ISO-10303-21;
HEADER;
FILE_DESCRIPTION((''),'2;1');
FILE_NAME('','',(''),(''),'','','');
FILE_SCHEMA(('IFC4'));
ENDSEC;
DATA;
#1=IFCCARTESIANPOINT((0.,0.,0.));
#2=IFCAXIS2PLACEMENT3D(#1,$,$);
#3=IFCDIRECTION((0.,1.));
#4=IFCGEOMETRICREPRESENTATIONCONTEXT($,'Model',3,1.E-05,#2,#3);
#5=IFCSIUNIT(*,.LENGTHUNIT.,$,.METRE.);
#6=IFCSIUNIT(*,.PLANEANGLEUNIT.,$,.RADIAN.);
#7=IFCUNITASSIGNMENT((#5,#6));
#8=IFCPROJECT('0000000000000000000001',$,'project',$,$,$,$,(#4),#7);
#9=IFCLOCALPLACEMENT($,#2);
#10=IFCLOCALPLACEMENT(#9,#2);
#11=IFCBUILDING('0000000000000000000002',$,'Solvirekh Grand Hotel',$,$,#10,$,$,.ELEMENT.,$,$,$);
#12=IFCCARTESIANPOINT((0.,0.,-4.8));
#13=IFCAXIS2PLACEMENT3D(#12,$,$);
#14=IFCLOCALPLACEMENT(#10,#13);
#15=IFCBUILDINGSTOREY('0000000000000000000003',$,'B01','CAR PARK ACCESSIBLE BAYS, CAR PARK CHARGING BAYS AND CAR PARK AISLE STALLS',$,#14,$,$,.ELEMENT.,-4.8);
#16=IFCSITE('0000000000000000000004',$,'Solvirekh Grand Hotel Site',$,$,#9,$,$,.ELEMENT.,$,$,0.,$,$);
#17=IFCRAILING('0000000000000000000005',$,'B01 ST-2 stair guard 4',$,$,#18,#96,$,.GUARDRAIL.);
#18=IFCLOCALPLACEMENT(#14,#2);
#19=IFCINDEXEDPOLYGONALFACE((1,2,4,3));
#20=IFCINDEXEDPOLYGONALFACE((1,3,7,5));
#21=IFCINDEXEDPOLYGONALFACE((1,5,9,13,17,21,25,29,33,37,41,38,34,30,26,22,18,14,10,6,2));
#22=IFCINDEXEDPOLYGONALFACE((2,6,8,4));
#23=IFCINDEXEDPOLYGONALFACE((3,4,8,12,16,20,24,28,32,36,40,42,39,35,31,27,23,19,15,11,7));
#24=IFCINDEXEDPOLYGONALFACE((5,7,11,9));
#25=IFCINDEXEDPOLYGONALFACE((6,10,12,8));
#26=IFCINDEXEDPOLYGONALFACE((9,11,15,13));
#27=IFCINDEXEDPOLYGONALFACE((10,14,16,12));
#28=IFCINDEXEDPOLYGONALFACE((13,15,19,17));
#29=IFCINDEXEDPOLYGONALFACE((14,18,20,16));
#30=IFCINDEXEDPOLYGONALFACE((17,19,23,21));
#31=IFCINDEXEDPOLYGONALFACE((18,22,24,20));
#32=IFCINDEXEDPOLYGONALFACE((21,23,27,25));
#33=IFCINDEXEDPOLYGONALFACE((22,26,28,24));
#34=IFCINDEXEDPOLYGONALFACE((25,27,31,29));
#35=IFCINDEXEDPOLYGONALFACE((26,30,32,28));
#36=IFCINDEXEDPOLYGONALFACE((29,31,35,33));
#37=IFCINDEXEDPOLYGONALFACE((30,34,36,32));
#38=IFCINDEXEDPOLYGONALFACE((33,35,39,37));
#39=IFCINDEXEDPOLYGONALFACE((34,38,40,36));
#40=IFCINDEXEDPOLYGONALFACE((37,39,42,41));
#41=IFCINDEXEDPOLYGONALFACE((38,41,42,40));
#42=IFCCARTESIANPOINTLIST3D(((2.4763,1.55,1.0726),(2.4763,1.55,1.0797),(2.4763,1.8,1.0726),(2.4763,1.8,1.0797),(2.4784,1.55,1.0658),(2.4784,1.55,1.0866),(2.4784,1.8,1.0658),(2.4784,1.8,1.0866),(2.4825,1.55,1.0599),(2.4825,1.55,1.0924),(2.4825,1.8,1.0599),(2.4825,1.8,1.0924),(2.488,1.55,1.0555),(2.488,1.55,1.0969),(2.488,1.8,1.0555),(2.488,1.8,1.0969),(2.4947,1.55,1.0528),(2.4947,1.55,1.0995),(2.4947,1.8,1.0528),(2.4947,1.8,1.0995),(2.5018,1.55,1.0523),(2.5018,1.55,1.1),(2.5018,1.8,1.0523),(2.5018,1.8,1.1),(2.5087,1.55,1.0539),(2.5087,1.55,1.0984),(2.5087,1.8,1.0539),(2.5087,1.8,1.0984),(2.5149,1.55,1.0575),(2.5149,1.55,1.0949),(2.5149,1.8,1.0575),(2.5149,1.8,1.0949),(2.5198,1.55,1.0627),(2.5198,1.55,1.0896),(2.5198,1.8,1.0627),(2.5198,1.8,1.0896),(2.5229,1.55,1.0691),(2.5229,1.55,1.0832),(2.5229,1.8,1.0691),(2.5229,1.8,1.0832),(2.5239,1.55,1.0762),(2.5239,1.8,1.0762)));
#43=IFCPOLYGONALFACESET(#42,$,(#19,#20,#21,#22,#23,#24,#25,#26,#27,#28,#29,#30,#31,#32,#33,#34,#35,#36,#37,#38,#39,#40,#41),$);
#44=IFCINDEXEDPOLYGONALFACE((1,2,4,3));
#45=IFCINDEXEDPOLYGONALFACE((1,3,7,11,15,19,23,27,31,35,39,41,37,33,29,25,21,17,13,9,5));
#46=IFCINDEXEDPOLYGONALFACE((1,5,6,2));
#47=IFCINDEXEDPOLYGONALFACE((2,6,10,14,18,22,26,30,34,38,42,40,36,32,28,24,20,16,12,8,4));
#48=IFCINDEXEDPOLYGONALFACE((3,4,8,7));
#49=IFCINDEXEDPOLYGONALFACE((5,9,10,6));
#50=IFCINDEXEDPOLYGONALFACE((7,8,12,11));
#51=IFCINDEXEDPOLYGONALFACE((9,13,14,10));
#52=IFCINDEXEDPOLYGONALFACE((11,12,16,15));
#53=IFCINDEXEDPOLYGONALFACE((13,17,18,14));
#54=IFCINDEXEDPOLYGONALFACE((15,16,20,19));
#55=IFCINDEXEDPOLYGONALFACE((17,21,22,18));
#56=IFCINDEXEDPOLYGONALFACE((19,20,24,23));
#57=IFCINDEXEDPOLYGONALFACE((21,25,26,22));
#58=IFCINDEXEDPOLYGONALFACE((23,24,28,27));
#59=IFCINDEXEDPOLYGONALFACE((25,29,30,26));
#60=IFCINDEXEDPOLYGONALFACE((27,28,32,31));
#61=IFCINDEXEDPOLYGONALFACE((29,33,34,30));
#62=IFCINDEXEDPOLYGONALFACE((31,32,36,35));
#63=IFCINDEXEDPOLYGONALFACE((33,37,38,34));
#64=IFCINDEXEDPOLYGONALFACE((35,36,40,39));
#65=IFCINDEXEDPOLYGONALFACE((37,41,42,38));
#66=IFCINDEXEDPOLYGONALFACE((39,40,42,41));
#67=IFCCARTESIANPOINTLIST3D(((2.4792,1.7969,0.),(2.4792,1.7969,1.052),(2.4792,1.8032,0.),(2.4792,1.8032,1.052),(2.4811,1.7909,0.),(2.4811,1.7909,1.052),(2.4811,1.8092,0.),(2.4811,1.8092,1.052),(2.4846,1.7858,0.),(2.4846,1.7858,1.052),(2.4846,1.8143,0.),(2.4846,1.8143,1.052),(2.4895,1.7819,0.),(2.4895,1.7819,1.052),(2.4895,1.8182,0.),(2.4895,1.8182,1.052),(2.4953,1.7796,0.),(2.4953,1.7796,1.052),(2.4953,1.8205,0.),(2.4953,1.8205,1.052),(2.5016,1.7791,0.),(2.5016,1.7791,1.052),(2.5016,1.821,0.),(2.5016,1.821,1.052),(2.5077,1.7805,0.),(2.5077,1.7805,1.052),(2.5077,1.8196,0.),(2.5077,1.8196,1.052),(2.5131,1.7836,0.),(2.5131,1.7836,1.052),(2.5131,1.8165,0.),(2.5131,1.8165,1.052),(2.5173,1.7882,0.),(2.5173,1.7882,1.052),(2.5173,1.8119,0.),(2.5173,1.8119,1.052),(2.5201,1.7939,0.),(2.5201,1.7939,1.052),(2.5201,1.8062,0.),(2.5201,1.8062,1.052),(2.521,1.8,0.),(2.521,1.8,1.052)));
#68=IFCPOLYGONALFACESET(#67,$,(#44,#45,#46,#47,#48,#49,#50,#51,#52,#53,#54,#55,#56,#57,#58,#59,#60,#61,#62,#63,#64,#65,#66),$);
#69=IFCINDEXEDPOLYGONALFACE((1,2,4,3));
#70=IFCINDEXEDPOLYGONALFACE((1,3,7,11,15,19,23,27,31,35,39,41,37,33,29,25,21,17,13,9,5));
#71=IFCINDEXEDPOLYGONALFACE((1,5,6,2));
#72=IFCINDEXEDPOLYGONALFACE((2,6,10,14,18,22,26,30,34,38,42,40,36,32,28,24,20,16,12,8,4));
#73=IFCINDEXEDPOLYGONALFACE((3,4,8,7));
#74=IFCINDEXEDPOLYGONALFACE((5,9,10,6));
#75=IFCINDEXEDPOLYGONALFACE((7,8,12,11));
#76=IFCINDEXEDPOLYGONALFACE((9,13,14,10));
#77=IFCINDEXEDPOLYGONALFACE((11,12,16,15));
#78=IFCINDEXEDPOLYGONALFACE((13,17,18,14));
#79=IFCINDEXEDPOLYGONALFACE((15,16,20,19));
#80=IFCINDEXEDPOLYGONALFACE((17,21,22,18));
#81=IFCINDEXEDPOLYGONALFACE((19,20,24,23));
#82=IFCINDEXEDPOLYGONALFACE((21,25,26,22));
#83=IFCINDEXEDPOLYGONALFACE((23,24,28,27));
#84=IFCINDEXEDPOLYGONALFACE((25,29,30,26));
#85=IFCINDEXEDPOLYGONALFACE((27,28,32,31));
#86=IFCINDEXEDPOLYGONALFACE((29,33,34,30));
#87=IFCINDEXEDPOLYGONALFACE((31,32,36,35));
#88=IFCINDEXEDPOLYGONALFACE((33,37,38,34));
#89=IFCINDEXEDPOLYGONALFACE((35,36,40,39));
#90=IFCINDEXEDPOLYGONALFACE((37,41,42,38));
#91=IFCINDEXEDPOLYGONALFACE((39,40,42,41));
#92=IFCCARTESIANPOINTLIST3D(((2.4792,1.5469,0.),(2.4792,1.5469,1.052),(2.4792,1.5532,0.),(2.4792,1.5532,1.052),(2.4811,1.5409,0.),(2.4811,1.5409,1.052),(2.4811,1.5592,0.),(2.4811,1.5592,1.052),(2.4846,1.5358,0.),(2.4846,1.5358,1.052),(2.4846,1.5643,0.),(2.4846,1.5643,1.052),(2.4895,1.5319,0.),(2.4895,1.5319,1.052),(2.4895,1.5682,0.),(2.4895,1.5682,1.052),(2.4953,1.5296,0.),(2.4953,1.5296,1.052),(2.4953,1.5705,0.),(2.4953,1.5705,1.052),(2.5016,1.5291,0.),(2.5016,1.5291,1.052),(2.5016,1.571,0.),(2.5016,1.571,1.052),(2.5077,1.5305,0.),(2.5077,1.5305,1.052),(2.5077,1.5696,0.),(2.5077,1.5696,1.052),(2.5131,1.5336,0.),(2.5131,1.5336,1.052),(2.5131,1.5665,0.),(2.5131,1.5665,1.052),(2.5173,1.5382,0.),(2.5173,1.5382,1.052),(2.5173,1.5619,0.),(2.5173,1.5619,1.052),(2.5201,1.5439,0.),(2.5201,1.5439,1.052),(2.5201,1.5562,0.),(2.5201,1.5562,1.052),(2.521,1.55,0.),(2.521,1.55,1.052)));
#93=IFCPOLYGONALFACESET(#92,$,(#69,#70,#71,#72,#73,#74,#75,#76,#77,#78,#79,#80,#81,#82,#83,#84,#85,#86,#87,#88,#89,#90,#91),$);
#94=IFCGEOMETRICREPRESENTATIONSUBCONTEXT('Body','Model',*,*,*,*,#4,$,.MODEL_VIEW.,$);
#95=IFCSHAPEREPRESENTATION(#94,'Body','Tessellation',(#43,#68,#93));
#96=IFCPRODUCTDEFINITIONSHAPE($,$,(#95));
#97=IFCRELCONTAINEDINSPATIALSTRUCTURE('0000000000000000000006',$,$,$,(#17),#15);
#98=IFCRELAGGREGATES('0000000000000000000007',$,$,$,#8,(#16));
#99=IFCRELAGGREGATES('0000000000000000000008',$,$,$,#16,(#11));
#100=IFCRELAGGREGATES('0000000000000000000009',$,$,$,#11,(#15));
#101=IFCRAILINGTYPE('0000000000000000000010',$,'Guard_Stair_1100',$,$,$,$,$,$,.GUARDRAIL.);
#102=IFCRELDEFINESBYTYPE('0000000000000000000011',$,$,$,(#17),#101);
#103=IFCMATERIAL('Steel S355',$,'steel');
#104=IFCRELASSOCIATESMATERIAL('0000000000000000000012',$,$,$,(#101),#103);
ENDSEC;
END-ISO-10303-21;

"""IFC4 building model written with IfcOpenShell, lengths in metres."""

from ifc_helpers import new_model, si_unit, direction, frame, origin, origin_2d, place, context, subcontext, project, spatial, circle, extrude, material, type_object, element, save


model = new_model("IFC4")

# Units and contexts
model_context = context("Model", 3, precision=1e-05, world=origin(), true_north=direction((0.0, 1.0)))
body_context = subcontext(model_context, "Body", "Model", "MODEL_VIEW")
ifc_project = project(units=[si_unit("LENGTHUNIT", "METRE"), si_unit("PLANEANGLEUNIT", "RADIAN")], contexts=[model_context])

# Site, building, storey
site_placement = place(None, origin())
site = spatial("IfcSite", under=ifc_project, at=site_placement, Name="Solvirekh Grand Hotel Site", CompositionType="ELEMENT", RefElevation=0.0)
building_placement = place(site_placement, origin())
building = spatial("IfcBuilding", under=site, at=building_placement, Name="Solvirekh Grand Hotel", CompositionType="ELEMENT")
storey_placement = place(building_placement, frame((0.0, 0.0, -4.8)))
storey = spatial("IfcBuildingStorey", under=building, at=storey_placement, Name="B01", Description="CAR PARK ACCESSIBLE BAYS, CAR PARK CHARGING BAYS AND CAR PARK AISLE STALLS", CompositionType="ELEMENT", Elevation=-4.8)

# Shared definitions
ifc_material_1 = material(Name="Steel S355", Category="steel")

# Railing
railing_type_1 = type_object("IfcRailingType", Name="Guard_Stair_1100", PredefinedType="GUARDRAIL", material=ifc_material_1)
railing_1_placement = place(storey_placement, frame((2.5, 1.8, 0.0)))
element("IfcRailing", 1, at=railing_1_placement, inside=storey, type_object=railing_type_1, Name="B01 ST-2 stair guard 4", PredefinedType="GUARDRAIL", context=body_context, shape_type="SweptSolid", body=[
    extrude(circle(Radius=0.0239, at=origin_2d()), frame((0.0, 0.0, 1.0762), z_axis=(0.0, -1.0, 0.0), x_axis=(1.0, 0.0, 0.0)), (0.0, 0.0, 1.0), 0.25),
    extrude(circle(Radius=0.021, at=origin_2d()), origin(), (0.0, 0.0, 1.0), 1.052),
    extrude(circle(Radius=0.021, at=origin_2d()), frame((0.0, -0.25, 0.0)), (0.0, 0.0, 1.0), 1.052),
])

save(model, "model.ifc")
